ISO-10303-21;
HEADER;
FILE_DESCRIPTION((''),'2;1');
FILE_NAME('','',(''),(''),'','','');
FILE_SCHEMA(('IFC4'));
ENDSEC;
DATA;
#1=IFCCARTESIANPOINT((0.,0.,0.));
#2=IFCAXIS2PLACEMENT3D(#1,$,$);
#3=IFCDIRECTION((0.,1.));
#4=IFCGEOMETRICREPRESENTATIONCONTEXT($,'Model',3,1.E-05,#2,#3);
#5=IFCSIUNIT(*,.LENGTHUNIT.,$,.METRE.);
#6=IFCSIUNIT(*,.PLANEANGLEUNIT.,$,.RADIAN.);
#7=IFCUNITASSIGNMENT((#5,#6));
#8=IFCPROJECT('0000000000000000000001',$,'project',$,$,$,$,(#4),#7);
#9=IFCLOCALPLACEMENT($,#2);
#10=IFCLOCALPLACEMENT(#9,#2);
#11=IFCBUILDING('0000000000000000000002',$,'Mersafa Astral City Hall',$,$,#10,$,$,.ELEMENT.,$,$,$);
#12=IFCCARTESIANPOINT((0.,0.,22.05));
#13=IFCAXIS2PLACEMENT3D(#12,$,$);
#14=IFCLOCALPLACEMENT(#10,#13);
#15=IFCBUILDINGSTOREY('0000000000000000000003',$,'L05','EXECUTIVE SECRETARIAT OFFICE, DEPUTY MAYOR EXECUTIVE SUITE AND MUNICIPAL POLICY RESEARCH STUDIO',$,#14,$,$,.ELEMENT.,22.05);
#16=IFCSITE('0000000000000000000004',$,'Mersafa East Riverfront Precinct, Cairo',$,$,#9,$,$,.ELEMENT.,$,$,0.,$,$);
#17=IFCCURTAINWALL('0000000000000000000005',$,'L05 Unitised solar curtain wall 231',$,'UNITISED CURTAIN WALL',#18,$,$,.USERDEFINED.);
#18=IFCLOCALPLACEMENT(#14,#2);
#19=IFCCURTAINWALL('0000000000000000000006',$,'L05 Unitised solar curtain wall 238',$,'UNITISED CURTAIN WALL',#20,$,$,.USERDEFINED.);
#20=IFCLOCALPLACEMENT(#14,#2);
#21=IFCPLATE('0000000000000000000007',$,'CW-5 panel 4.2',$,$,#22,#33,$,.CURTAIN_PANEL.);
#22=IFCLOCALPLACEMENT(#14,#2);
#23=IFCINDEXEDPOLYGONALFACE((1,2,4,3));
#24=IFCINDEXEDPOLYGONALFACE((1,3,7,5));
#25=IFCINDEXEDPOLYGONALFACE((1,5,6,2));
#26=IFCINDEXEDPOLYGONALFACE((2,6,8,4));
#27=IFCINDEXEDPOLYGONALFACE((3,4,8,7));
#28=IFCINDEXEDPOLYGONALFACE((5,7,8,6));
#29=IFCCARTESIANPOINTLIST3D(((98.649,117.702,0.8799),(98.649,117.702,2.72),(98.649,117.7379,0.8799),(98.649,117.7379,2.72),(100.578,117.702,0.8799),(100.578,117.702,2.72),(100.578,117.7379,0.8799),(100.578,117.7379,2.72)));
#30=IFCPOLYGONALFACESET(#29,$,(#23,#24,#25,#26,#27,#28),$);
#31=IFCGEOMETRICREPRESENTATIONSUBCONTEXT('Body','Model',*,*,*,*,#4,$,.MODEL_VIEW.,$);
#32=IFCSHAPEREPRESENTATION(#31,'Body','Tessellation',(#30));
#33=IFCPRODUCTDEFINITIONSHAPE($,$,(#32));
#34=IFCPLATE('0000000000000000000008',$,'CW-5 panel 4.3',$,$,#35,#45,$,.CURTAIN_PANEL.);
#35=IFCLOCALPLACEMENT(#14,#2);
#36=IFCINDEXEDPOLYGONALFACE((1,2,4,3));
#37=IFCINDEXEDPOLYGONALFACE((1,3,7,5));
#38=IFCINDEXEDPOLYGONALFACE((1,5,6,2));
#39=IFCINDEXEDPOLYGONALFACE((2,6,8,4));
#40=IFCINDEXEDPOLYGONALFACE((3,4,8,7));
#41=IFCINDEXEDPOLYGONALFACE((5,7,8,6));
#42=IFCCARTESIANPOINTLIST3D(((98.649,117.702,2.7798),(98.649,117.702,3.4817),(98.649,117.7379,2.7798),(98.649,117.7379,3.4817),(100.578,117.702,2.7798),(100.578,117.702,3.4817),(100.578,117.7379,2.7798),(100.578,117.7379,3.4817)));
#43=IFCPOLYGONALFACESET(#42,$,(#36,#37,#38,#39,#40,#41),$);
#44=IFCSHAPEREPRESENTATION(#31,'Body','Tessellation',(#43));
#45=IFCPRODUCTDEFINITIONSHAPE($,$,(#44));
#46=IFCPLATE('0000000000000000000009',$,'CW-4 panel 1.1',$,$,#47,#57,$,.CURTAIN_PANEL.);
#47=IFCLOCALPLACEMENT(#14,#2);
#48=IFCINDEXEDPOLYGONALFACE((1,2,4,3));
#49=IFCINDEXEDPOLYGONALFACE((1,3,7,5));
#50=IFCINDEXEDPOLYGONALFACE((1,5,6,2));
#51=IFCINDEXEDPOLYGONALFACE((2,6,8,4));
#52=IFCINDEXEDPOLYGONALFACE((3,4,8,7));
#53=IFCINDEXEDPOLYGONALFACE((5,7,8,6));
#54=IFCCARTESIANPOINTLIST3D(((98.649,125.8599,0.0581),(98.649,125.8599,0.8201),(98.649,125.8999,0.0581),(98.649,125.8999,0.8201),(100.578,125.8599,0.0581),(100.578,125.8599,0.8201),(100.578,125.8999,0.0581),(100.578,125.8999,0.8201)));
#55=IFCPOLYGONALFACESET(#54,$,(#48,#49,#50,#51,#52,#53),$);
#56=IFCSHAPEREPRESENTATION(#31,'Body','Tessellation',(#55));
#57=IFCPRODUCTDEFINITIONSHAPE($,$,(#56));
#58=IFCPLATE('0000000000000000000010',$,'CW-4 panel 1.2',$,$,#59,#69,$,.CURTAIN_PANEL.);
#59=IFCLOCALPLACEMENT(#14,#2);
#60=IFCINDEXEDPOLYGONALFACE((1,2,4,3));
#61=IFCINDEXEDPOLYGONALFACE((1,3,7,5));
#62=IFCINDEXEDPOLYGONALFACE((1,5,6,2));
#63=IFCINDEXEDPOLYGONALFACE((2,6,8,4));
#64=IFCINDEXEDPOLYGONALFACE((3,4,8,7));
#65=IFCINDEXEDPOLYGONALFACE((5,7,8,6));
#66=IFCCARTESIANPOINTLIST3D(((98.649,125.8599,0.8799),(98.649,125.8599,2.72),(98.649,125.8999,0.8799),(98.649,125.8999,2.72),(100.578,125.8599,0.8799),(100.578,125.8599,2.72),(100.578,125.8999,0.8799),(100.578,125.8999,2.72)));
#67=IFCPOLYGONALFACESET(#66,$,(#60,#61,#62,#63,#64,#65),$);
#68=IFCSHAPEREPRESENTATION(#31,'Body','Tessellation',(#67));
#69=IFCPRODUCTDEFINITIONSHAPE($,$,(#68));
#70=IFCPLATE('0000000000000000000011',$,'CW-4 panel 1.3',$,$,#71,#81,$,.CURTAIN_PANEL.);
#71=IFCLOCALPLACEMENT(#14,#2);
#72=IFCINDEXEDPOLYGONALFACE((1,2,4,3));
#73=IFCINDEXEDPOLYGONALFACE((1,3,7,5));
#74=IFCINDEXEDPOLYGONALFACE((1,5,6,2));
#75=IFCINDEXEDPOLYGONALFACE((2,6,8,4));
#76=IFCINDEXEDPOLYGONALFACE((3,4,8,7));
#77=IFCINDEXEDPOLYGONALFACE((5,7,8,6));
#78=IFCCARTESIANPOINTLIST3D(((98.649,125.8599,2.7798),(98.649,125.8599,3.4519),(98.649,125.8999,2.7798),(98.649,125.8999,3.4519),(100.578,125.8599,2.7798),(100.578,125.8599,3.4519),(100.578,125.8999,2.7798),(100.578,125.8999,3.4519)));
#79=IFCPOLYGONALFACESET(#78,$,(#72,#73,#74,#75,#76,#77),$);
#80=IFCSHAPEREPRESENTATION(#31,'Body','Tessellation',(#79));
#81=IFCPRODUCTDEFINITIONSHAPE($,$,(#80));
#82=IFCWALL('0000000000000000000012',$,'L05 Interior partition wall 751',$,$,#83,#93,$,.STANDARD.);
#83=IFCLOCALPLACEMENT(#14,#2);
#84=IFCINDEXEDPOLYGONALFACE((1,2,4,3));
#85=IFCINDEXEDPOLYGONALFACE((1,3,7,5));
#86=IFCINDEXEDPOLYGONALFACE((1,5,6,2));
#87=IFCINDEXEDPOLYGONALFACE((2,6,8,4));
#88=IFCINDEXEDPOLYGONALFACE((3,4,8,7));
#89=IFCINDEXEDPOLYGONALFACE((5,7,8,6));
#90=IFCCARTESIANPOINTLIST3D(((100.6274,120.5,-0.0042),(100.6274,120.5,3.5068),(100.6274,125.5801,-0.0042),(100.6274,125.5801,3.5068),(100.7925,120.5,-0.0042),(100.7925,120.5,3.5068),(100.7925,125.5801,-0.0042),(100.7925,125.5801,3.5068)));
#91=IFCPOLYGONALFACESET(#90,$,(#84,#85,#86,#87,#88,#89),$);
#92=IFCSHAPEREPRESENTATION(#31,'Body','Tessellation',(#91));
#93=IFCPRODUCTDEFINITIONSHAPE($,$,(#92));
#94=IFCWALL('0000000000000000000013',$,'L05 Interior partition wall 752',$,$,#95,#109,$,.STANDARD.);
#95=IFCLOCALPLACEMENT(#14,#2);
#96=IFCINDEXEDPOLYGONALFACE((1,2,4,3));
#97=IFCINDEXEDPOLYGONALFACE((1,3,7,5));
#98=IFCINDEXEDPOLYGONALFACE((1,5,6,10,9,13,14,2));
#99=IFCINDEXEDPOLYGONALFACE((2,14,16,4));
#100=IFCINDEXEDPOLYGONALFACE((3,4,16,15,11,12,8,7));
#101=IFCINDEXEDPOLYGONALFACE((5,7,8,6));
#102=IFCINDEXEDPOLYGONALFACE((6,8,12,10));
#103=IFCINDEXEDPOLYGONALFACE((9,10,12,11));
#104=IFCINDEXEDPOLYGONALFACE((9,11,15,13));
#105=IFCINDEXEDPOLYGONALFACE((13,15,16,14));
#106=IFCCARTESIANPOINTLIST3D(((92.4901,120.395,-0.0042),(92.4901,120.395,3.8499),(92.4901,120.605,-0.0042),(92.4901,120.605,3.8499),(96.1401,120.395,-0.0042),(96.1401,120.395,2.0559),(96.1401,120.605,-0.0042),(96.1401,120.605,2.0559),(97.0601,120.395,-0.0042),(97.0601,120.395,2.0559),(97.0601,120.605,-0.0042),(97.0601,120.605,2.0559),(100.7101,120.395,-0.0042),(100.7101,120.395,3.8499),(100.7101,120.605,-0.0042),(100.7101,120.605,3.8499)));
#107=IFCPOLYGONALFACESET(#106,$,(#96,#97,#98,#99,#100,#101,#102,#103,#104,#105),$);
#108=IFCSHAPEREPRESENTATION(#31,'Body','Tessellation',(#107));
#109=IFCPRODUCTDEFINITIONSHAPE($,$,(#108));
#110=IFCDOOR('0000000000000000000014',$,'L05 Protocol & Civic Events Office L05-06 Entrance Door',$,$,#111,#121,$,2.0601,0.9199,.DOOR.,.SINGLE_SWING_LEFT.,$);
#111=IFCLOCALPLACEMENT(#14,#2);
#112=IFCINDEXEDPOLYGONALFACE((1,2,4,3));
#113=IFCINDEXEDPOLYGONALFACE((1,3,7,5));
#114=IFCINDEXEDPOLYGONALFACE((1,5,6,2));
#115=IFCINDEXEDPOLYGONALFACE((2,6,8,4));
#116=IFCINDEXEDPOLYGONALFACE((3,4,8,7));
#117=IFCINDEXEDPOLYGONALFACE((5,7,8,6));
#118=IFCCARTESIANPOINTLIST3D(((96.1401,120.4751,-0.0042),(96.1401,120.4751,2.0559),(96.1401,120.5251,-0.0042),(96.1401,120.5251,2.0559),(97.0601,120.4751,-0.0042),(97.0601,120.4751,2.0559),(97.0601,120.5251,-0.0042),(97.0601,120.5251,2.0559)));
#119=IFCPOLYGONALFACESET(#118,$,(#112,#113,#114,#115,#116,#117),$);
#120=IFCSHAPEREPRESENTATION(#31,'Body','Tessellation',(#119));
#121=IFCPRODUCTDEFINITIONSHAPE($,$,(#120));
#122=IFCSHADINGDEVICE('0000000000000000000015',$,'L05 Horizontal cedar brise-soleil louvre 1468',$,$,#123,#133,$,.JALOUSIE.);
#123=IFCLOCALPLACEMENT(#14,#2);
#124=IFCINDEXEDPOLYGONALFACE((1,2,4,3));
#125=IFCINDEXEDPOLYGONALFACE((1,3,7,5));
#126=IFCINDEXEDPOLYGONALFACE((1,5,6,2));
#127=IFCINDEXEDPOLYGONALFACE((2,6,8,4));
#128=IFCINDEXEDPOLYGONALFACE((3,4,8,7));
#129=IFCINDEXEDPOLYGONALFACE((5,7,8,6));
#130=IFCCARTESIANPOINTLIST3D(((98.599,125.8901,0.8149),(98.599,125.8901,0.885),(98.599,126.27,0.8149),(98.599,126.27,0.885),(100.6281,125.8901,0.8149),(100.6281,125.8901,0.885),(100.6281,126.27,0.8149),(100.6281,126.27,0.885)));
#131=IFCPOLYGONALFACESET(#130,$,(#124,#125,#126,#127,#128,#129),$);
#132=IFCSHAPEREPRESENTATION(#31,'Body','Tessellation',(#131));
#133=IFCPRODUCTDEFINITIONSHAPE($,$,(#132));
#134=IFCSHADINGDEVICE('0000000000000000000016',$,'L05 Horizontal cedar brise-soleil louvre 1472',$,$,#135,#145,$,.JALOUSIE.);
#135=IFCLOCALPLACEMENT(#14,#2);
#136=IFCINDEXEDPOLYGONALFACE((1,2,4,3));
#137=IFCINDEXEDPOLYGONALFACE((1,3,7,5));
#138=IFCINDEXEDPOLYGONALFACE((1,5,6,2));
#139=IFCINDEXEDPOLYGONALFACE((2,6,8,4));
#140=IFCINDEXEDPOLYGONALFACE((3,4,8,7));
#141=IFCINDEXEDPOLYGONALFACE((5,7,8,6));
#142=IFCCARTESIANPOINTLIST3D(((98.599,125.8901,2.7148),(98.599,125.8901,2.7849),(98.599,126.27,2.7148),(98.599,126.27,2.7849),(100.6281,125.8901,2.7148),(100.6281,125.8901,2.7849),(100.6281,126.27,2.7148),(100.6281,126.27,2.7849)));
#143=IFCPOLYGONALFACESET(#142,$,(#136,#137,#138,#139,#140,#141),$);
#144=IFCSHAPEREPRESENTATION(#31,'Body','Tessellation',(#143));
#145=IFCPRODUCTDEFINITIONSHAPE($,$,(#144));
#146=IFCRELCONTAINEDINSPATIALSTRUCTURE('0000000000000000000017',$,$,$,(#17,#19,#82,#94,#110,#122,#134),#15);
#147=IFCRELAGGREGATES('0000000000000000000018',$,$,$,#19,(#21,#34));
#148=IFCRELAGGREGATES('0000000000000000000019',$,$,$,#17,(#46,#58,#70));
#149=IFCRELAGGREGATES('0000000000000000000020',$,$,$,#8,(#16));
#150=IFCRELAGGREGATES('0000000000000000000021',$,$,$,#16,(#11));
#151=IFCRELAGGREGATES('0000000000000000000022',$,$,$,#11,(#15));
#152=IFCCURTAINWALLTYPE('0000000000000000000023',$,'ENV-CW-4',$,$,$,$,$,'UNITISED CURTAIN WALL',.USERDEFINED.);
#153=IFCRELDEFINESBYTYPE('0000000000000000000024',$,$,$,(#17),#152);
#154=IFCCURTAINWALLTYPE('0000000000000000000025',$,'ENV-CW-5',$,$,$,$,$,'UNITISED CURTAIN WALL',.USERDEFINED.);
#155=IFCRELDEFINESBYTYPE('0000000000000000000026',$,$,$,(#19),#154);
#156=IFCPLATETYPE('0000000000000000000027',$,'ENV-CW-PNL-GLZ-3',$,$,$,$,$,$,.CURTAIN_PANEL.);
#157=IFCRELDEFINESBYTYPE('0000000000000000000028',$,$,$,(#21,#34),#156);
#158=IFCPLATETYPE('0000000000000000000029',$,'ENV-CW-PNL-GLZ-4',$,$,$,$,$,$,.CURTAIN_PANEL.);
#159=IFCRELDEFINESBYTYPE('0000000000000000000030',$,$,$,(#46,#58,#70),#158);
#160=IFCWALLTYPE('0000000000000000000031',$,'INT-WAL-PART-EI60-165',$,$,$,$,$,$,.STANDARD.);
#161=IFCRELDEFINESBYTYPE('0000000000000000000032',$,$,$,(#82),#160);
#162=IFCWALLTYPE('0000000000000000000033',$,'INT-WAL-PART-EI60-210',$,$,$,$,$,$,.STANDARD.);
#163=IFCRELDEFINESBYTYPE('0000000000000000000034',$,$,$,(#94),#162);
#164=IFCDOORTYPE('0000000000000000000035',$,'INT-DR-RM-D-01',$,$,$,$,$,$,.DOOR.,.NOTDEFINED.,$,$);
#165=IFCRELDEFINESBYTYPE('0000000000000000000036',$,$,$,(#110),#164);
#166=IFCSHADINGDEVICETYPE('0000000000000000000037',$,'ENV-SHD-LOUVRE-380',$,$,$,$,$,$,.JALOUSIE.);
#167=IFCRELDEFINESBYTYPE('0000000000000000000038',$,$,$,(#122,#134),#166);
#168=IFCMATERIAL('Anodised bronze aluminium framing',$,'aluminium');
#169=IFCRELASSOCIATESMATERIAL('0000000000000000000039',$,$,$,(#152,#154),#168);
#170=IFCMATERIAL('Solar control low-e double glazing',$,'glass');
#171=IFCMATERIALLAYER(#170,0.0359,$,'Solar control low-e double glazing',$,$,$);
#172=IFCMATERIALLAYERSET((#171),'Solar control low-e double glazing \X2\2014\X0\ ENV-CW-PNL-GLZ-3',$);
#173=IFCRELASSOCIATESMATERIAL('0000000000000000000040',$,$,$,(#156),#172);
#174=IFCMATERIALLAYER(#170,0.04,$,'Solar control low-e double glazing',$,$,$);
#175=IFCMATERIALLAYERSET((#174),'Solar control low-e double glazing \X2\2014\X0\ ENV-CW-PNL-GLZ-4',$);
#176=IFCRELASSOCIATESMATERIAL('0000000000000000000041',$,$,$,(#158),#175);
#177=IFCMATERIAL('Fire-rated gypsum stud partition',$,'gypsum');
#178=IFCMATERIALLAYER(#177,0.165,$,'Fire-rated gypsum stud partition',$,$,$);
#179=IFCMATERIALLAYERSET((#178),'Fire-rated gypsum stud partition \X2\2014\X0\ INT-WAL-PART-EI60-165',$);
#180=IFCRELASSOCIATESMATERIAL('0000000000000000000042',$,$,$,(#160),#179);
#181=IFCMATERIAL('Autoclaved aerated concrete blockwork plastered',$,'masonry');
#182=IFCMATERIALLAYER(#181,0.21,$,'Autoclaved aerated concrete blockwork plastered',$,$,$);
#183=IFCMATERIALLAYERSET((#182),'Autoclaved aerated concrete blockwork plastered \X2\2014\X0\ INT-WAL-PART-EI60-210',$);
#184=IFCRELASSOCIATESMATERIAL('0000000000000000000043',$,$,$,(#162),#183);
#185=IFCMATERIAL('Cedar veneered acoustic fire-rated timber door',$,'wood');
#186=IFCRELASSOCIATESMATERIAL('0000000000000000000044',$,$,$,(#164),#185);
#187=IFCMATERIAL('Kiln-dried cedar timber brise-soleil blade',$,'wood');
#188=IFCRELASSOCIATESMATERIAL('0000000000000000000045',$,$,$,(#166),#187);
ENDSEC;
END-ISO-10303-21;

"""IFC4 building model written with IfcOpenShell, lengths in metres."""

from ifc_helpers import new_model, si_unit, direction, frame, frame_2d, origin, origin_2d, place, context, subcontext, project, spatial, rectangle, extrude, material, layer, layer_set, type_object, element, fill, aggregate, save


model = new_model("IFC4")

# Units and contexts
model_context = context("Model", 3, precision=1e-05, world=origin(), true_north=direction((0.0, 1.0)))
body_context = subcontext(model_context, "Body", "Model", "MODEL_VIEW")
ifc_project = project(units=[si_unit("LENGTHUNIT", "METRE"), si_unit("PLANEANGLEUNIT", "RADIAN")], contexts=[model_context])

# Site, building, storey
site_placement = place(None, origin())
site = spatial("IfcSite", under=ifc_project, at=site_placement, Name="Mersafa East Riverfront Precinct, Cairo", CompositionType="ELEMENT", RefElevation=0.0)
building_placement = place(site_placement, origin())
building = spatial("IfcBuilding", under=site, at=building_placement, Name="Mersafa Astral City Hall", CompositionType="ELEMENT")
storey_placement = place(building_placement, frame((0.0, 0.0, 22.05)))
storey = spatial("IfcBuildingStorey", under=building, at=storey_placement, Name="L05", Description="EXECUTIVE SECRETARIAT OFFICE, DEPUTY MAYOR EXECUTIVE SUITE AND MUNICIPAL POLICY RESEARCH STUDIO", CompositionType="ELEMENT", Elevation=22.05)

# Curtain walls
ifc_material_1 = material(Name="Anodised bronze aluminium framing", Category="aluminium")
curtain_wall_type_1 = type_object("IfcCurtainWallType", Name="ENV-CW-4", ElementType="UNITISED CURTAIN WALL", PredefinedType="USERDEFINED", material=ifc_material_1)
curtain_wall_1_placement = place(storey_placement, origin())
curtain_wall_1 = element("IfcCurtainWall", 1, at=curtain_wall_1_placement, inside=storey, type_object=curtain_wall_type_1, Name="L05 Unitised solar curtain wall 231", ObjectType="UNITISED CURTAIN WALL", PredefinedType="USERDEFINED")
curtain_wall_type_2 = type_object("IfcCurtainWallType", Name="ENV-CW-5", ElementType="UNITISED CURTAIN WALL", PredefinedType="USERDEFINED", material=ifc_material_1)
curtain_wall_2_placement = place(storey_placement, origin())
curtain_wall_2 = element("IfcCurtainWall", 2, at=curtain_wall_2_placement, inside=storey, type_object=curtain_wall_type_2, Name="L05 Unitised solar curtain wall 238", ObjectType="UNITISED CURTAIN WALL", PredefinedType="USERDEFINED")

# Plates
ifc_material_2 = material(Name="Solar control low-e double glazing", Category="glass")
ifc_layer_1 = layer(ifc_material_2, 0.0359, Name="Solar control low-e double glazing")
ifc_layer_set_1 = layer_set([ifc_layer_1], Name="Solar control low-e double glazing — ENV-CW-PNL-GLZ-3")
plate_type_1 = type_object("IfcPlateType", Name="ENV-CW-PNL-GLZ-3", PredefinedType="CURTAIN_PANEL", material=ifc_layer_set_1)
plate_1_placement = place(storey_placement, frame((99.6135, 117.72, 0.8799), z_axis=(0.0, 0.0, 1.0), x_axis=(1.0, 0.0, 0.0)))
plate_1 = element("IfcPlate", 3, at=plate_1_placement, type_object=plate_type_1, Name="CW-5 panel 4.2", PredefinedType="CURTAIN_PANEL", context=body_context, shape_type="SweptSolid", body=[
    extrude(rectangle(XDim=1.929, YDim=0.0359, at=origin_2d()), origin(), (0.0, 0.0, 1.0), 1.8401),
])
plate_2_placement = place(storey_placement, frame((99.6135, 117.72, 2.7798), z_axis=(0.0, 0.0, 1.0), x_axis=(1.0, 0.0, 0.0)))
plate_2 = element("IfcPlate", 4, at=plate_2_placement, type_object=plate_type_1, Name="CW-5 panel 4.3", PredefinedType="CURTAIN_PANEL", context=body_context, shape_type="SweptSolid", body=[
    extrude(rectangle(XDim=1.929, YDim=0.0359, at=origin_2d()), origin(), (0.0, 0.0, 1.0), 0.7019),
])
aggregate(curtain_wall_2, [plate_1, plate_2])
ifc_layer_2 = layer(ifc_material_2, 0.04, Name="Solar control low-e double glazing")
ifc_layer_set_2 = layer_set([ifc_layer_2], Name="Solar control low-e double glazing — ENV-CW-PNL-GLZ-4")
plate_type_2 = type_object("IfcPlateType", Name="ENV-CW-PNL-GLZ-4", PredefinedType="CURTAIN_PANEL", material=ifc_layer_set_2)
plate_3_placement = place(storey_placement, frame((99.6135, 125.8799, 0.0581), z_axis=(0.0, 0.0, 1.0), x_axis=(-1.0, 0.0, 0.0)))
plate_3 = element("IfcPlate", 5, at=plate_3_placement, type_object=plate_type_2, Name="CW-4 panel 1.1", PredefinedType="CURTAIN_PANEL", context=body_context, shape_type="SweptSolid", body=[
    extrude(rectangle(XDim=1.929, YDim=0.04, at=origin_2d()), origin(), (0.0, 0.0, 1.0), 0.762),
])
plate_4_placement = place(storey_placement, frame((99.6135, 125.8799, 0.8799), z_axis=(0.0, 0.0, 1.0), x_axis=(-1.0, 0.0, 0.0)))
plate_4 = element("IfcPlate", 6, at=plate_4_placement, type_object=plate_type_2, Name="CW-4 panel 1.2", PredefinedType="CURTAIN_PANEL", context=body_context, shape_type="SweptSolid", body=[
    extrude(rectangle(XDim=1.929, YDim=0.04, at=origin_2d()), origin(), (0.0, 0.0, 1.0), 1.8401),
])
plate_5_placement = place(storey_placement, frame((99.6135, 125.8799, 2.7798), z_axis=(0.0, 0.0, 1.0), x_axis=(-1.0, 0.0, 0.0)))
plate_5 = element("IfcPlate", 7, at=plate_5_placement, type_object=plate_type_2, Name="CW-4 panel 1.3", PredefinedType="CURTAIN_PANEL", context=body_context, shape_type="SweptSolid", body=[
    extrude(rectangle(XDim=1.929, YDim=0.04, at=origin_2d()), origin(), (0.0, 0.0, 1.0), 0.6721),
])
aggregate(curtain_wall_1, [plate_3, plate_4, plate_5])

# Wall
ifc_material_3 = material(Name="Fire-rated gypsum stud partition", Category="gypsum")
ifc_layer_3 = layer(ifc_material_3, 0.165, Name="Fire-rated gypsum stud partition")
ifc_layer_set_3 = layer_set([ifc_layer_3], Name="Fire-rated gypsum stud partition — INT-WAL-PART-EI60-165")
wall_type_1 = type_object("IfcWallType", Name="INT-WAL-PART-EI60-165", PredefinedType="STANDARD", material=ifc_layer_set_3)
wall_1_placement = place(storey_placement, frame((100.71, 125.5801, -0.0042), z_axis=(0.0, 0.0, 1.0), x_axis=(0.0, -1.0, 0.0)))
element("IfcWall", 8, at=wall_1_placement, inside=storey, type_object=wall_type_1, Name="L05 Interior partition wall 751", PredefinedType="STANDARD", context=body_context, shape_type="SweptSolid", body=[
    extrude(rectangle(XDim=5.0801, YDim=0.165, at=frame_2d((2.54, 0.0))), origin(), (0.0, 0.0, 1.0), 3.511),
])

# Wall, opening, door
ifc_material_4 = material(Name="Autoclaved aerated concrete blockwork plastered", Category="masonry")
ifc_layer_4 = layer(ifc_material_4, 0.21, Name="Autoclaved aerated concrete blockwork plastered")
ifc_layer_set_4 = layer_set([ifc_layer_4], Name="Autoclaved aerated concrete blockwork plastered — INT-WAL-PART-EI60-210")
wall_type_2 = type_object("IfcWallType", Name="INT-WAL-PART-EI60-210", PredefinedType="STANDARD", material=ifc_layer_set_4)
wall_2_placement = place(storey_placement, frame((100.71, 120.5, -0.0042), z_axis=(0.0, 0.0, 1.0), x_axis=(-1.0, 0.0, 0.0)))
wall_2 = element("IfcWall", 9, at=wall_2_placement, inside=storey, type_object=wall_type_2, Name="L05 Interior partition wall 752", PredefinedType="STANDARD", context=body_context, shape_type="SweptSolid", body=[
    extrude(rectangle(XDim=8.22, YDim=0.21, at=frame_2d((4.1099, 0.0))), origin(), (0.0, 0.0, 1.0), 3.854),
])
opening_placement = place(wall_2_placement, frame((3.6499, 0.0, 0.0)))
opening = element("IfcOpeningElement", 10, at=opening_placement, cuts=wall_2, PredefinedType="OPENING", context=body_context, shape_type="SweptSolid", body=[
    extrude(rectangle(XDim=0.9199, YDim=2.0601, at=frame_2d((0.46, 1.03))), frame((0.0, 0.115, 0.0), z_axis=(0.0, -1.0, 0.0), x_axis=(1.0, 0.0, 0.0)), (0.0, 0.0, 1.0), 0.23),
])
ifc_material_5 = material(Name="Cedar veneered acoustic fire-rated timber door", Category="wood")
door_type = type_object("IfcDoorType", Name="INT-DR-RM-D-01", OperationType="NOTDEFINED", PredefinedType="DOOR", material=ifc_material_5)
door_placement = place(opening_placement, origin())
door = element("IfcDoor", 11, at=door_placement, inside=storey, type_object=door_type, Name="L05 Protocol & Civic Events Office L05-06 Entrance Door", OperationType="SINGLE_SWING_LEFT", OverallHeight=2.0601, OverallWidth=0.9199, PredefinedType="DOOR", context=body_context, shape_type="SweptSolid", body=[
    extrude(rectangle(XDim=0.9199, YDim=2.0601, at=frame_2d((0.46, 1.03))), frame((0.0, 0.0249, 0.0), z_axis=(0.0, -1.0, 0.0), x_axis=(1.0, 0.0, 0.0)), (0.0, 0.0, 1.0), 0.05),
])
fill(opening, door)

# Shading devices
ifc_material_6 = material(Name="Kiln-dried cedar timber brise-soleil blade", Category="wood")
shading_device_type = type_object("IfcShadingDeviceType", Name="ENV-SHD-LOUVRE-380", PredefinedType="JALOUSIE", material=ifc_material_6)
for number, where, z_axis, x_axis, name in (
    (12, (99.6135, 126.0801, 0.8149), (0.0, 0.0, 1.0), (-1.0, 0.0, 0.0), "L05 Horizontal cedar brise-soleil louvre 1468"),
    (13, (99.6135, 126.0801, 2.7148), (0.0, 0.0, 1.0), (-1.0, 0.0, 0.0), "L05 Horizontal cedar brise-soleil louvre 1472"),
):
    element("IfcShadingDevice", number, at=place(storey_placement, frame(where, z_axis=z_axis, x_axis=x_axis)), inside=storey, type_object=shading_device_type, Name=name, PredefinedType="JALOUSIE", context=body_context, shape_type="SweptSolid", body=[
        extrude(rectangle(XDim=2.0291, YDim=0.3799, at=origin_2d()), origin(), (0.0, 0.0, 1.0), 0.0701),
    ])

save(model, "model.ifc")
